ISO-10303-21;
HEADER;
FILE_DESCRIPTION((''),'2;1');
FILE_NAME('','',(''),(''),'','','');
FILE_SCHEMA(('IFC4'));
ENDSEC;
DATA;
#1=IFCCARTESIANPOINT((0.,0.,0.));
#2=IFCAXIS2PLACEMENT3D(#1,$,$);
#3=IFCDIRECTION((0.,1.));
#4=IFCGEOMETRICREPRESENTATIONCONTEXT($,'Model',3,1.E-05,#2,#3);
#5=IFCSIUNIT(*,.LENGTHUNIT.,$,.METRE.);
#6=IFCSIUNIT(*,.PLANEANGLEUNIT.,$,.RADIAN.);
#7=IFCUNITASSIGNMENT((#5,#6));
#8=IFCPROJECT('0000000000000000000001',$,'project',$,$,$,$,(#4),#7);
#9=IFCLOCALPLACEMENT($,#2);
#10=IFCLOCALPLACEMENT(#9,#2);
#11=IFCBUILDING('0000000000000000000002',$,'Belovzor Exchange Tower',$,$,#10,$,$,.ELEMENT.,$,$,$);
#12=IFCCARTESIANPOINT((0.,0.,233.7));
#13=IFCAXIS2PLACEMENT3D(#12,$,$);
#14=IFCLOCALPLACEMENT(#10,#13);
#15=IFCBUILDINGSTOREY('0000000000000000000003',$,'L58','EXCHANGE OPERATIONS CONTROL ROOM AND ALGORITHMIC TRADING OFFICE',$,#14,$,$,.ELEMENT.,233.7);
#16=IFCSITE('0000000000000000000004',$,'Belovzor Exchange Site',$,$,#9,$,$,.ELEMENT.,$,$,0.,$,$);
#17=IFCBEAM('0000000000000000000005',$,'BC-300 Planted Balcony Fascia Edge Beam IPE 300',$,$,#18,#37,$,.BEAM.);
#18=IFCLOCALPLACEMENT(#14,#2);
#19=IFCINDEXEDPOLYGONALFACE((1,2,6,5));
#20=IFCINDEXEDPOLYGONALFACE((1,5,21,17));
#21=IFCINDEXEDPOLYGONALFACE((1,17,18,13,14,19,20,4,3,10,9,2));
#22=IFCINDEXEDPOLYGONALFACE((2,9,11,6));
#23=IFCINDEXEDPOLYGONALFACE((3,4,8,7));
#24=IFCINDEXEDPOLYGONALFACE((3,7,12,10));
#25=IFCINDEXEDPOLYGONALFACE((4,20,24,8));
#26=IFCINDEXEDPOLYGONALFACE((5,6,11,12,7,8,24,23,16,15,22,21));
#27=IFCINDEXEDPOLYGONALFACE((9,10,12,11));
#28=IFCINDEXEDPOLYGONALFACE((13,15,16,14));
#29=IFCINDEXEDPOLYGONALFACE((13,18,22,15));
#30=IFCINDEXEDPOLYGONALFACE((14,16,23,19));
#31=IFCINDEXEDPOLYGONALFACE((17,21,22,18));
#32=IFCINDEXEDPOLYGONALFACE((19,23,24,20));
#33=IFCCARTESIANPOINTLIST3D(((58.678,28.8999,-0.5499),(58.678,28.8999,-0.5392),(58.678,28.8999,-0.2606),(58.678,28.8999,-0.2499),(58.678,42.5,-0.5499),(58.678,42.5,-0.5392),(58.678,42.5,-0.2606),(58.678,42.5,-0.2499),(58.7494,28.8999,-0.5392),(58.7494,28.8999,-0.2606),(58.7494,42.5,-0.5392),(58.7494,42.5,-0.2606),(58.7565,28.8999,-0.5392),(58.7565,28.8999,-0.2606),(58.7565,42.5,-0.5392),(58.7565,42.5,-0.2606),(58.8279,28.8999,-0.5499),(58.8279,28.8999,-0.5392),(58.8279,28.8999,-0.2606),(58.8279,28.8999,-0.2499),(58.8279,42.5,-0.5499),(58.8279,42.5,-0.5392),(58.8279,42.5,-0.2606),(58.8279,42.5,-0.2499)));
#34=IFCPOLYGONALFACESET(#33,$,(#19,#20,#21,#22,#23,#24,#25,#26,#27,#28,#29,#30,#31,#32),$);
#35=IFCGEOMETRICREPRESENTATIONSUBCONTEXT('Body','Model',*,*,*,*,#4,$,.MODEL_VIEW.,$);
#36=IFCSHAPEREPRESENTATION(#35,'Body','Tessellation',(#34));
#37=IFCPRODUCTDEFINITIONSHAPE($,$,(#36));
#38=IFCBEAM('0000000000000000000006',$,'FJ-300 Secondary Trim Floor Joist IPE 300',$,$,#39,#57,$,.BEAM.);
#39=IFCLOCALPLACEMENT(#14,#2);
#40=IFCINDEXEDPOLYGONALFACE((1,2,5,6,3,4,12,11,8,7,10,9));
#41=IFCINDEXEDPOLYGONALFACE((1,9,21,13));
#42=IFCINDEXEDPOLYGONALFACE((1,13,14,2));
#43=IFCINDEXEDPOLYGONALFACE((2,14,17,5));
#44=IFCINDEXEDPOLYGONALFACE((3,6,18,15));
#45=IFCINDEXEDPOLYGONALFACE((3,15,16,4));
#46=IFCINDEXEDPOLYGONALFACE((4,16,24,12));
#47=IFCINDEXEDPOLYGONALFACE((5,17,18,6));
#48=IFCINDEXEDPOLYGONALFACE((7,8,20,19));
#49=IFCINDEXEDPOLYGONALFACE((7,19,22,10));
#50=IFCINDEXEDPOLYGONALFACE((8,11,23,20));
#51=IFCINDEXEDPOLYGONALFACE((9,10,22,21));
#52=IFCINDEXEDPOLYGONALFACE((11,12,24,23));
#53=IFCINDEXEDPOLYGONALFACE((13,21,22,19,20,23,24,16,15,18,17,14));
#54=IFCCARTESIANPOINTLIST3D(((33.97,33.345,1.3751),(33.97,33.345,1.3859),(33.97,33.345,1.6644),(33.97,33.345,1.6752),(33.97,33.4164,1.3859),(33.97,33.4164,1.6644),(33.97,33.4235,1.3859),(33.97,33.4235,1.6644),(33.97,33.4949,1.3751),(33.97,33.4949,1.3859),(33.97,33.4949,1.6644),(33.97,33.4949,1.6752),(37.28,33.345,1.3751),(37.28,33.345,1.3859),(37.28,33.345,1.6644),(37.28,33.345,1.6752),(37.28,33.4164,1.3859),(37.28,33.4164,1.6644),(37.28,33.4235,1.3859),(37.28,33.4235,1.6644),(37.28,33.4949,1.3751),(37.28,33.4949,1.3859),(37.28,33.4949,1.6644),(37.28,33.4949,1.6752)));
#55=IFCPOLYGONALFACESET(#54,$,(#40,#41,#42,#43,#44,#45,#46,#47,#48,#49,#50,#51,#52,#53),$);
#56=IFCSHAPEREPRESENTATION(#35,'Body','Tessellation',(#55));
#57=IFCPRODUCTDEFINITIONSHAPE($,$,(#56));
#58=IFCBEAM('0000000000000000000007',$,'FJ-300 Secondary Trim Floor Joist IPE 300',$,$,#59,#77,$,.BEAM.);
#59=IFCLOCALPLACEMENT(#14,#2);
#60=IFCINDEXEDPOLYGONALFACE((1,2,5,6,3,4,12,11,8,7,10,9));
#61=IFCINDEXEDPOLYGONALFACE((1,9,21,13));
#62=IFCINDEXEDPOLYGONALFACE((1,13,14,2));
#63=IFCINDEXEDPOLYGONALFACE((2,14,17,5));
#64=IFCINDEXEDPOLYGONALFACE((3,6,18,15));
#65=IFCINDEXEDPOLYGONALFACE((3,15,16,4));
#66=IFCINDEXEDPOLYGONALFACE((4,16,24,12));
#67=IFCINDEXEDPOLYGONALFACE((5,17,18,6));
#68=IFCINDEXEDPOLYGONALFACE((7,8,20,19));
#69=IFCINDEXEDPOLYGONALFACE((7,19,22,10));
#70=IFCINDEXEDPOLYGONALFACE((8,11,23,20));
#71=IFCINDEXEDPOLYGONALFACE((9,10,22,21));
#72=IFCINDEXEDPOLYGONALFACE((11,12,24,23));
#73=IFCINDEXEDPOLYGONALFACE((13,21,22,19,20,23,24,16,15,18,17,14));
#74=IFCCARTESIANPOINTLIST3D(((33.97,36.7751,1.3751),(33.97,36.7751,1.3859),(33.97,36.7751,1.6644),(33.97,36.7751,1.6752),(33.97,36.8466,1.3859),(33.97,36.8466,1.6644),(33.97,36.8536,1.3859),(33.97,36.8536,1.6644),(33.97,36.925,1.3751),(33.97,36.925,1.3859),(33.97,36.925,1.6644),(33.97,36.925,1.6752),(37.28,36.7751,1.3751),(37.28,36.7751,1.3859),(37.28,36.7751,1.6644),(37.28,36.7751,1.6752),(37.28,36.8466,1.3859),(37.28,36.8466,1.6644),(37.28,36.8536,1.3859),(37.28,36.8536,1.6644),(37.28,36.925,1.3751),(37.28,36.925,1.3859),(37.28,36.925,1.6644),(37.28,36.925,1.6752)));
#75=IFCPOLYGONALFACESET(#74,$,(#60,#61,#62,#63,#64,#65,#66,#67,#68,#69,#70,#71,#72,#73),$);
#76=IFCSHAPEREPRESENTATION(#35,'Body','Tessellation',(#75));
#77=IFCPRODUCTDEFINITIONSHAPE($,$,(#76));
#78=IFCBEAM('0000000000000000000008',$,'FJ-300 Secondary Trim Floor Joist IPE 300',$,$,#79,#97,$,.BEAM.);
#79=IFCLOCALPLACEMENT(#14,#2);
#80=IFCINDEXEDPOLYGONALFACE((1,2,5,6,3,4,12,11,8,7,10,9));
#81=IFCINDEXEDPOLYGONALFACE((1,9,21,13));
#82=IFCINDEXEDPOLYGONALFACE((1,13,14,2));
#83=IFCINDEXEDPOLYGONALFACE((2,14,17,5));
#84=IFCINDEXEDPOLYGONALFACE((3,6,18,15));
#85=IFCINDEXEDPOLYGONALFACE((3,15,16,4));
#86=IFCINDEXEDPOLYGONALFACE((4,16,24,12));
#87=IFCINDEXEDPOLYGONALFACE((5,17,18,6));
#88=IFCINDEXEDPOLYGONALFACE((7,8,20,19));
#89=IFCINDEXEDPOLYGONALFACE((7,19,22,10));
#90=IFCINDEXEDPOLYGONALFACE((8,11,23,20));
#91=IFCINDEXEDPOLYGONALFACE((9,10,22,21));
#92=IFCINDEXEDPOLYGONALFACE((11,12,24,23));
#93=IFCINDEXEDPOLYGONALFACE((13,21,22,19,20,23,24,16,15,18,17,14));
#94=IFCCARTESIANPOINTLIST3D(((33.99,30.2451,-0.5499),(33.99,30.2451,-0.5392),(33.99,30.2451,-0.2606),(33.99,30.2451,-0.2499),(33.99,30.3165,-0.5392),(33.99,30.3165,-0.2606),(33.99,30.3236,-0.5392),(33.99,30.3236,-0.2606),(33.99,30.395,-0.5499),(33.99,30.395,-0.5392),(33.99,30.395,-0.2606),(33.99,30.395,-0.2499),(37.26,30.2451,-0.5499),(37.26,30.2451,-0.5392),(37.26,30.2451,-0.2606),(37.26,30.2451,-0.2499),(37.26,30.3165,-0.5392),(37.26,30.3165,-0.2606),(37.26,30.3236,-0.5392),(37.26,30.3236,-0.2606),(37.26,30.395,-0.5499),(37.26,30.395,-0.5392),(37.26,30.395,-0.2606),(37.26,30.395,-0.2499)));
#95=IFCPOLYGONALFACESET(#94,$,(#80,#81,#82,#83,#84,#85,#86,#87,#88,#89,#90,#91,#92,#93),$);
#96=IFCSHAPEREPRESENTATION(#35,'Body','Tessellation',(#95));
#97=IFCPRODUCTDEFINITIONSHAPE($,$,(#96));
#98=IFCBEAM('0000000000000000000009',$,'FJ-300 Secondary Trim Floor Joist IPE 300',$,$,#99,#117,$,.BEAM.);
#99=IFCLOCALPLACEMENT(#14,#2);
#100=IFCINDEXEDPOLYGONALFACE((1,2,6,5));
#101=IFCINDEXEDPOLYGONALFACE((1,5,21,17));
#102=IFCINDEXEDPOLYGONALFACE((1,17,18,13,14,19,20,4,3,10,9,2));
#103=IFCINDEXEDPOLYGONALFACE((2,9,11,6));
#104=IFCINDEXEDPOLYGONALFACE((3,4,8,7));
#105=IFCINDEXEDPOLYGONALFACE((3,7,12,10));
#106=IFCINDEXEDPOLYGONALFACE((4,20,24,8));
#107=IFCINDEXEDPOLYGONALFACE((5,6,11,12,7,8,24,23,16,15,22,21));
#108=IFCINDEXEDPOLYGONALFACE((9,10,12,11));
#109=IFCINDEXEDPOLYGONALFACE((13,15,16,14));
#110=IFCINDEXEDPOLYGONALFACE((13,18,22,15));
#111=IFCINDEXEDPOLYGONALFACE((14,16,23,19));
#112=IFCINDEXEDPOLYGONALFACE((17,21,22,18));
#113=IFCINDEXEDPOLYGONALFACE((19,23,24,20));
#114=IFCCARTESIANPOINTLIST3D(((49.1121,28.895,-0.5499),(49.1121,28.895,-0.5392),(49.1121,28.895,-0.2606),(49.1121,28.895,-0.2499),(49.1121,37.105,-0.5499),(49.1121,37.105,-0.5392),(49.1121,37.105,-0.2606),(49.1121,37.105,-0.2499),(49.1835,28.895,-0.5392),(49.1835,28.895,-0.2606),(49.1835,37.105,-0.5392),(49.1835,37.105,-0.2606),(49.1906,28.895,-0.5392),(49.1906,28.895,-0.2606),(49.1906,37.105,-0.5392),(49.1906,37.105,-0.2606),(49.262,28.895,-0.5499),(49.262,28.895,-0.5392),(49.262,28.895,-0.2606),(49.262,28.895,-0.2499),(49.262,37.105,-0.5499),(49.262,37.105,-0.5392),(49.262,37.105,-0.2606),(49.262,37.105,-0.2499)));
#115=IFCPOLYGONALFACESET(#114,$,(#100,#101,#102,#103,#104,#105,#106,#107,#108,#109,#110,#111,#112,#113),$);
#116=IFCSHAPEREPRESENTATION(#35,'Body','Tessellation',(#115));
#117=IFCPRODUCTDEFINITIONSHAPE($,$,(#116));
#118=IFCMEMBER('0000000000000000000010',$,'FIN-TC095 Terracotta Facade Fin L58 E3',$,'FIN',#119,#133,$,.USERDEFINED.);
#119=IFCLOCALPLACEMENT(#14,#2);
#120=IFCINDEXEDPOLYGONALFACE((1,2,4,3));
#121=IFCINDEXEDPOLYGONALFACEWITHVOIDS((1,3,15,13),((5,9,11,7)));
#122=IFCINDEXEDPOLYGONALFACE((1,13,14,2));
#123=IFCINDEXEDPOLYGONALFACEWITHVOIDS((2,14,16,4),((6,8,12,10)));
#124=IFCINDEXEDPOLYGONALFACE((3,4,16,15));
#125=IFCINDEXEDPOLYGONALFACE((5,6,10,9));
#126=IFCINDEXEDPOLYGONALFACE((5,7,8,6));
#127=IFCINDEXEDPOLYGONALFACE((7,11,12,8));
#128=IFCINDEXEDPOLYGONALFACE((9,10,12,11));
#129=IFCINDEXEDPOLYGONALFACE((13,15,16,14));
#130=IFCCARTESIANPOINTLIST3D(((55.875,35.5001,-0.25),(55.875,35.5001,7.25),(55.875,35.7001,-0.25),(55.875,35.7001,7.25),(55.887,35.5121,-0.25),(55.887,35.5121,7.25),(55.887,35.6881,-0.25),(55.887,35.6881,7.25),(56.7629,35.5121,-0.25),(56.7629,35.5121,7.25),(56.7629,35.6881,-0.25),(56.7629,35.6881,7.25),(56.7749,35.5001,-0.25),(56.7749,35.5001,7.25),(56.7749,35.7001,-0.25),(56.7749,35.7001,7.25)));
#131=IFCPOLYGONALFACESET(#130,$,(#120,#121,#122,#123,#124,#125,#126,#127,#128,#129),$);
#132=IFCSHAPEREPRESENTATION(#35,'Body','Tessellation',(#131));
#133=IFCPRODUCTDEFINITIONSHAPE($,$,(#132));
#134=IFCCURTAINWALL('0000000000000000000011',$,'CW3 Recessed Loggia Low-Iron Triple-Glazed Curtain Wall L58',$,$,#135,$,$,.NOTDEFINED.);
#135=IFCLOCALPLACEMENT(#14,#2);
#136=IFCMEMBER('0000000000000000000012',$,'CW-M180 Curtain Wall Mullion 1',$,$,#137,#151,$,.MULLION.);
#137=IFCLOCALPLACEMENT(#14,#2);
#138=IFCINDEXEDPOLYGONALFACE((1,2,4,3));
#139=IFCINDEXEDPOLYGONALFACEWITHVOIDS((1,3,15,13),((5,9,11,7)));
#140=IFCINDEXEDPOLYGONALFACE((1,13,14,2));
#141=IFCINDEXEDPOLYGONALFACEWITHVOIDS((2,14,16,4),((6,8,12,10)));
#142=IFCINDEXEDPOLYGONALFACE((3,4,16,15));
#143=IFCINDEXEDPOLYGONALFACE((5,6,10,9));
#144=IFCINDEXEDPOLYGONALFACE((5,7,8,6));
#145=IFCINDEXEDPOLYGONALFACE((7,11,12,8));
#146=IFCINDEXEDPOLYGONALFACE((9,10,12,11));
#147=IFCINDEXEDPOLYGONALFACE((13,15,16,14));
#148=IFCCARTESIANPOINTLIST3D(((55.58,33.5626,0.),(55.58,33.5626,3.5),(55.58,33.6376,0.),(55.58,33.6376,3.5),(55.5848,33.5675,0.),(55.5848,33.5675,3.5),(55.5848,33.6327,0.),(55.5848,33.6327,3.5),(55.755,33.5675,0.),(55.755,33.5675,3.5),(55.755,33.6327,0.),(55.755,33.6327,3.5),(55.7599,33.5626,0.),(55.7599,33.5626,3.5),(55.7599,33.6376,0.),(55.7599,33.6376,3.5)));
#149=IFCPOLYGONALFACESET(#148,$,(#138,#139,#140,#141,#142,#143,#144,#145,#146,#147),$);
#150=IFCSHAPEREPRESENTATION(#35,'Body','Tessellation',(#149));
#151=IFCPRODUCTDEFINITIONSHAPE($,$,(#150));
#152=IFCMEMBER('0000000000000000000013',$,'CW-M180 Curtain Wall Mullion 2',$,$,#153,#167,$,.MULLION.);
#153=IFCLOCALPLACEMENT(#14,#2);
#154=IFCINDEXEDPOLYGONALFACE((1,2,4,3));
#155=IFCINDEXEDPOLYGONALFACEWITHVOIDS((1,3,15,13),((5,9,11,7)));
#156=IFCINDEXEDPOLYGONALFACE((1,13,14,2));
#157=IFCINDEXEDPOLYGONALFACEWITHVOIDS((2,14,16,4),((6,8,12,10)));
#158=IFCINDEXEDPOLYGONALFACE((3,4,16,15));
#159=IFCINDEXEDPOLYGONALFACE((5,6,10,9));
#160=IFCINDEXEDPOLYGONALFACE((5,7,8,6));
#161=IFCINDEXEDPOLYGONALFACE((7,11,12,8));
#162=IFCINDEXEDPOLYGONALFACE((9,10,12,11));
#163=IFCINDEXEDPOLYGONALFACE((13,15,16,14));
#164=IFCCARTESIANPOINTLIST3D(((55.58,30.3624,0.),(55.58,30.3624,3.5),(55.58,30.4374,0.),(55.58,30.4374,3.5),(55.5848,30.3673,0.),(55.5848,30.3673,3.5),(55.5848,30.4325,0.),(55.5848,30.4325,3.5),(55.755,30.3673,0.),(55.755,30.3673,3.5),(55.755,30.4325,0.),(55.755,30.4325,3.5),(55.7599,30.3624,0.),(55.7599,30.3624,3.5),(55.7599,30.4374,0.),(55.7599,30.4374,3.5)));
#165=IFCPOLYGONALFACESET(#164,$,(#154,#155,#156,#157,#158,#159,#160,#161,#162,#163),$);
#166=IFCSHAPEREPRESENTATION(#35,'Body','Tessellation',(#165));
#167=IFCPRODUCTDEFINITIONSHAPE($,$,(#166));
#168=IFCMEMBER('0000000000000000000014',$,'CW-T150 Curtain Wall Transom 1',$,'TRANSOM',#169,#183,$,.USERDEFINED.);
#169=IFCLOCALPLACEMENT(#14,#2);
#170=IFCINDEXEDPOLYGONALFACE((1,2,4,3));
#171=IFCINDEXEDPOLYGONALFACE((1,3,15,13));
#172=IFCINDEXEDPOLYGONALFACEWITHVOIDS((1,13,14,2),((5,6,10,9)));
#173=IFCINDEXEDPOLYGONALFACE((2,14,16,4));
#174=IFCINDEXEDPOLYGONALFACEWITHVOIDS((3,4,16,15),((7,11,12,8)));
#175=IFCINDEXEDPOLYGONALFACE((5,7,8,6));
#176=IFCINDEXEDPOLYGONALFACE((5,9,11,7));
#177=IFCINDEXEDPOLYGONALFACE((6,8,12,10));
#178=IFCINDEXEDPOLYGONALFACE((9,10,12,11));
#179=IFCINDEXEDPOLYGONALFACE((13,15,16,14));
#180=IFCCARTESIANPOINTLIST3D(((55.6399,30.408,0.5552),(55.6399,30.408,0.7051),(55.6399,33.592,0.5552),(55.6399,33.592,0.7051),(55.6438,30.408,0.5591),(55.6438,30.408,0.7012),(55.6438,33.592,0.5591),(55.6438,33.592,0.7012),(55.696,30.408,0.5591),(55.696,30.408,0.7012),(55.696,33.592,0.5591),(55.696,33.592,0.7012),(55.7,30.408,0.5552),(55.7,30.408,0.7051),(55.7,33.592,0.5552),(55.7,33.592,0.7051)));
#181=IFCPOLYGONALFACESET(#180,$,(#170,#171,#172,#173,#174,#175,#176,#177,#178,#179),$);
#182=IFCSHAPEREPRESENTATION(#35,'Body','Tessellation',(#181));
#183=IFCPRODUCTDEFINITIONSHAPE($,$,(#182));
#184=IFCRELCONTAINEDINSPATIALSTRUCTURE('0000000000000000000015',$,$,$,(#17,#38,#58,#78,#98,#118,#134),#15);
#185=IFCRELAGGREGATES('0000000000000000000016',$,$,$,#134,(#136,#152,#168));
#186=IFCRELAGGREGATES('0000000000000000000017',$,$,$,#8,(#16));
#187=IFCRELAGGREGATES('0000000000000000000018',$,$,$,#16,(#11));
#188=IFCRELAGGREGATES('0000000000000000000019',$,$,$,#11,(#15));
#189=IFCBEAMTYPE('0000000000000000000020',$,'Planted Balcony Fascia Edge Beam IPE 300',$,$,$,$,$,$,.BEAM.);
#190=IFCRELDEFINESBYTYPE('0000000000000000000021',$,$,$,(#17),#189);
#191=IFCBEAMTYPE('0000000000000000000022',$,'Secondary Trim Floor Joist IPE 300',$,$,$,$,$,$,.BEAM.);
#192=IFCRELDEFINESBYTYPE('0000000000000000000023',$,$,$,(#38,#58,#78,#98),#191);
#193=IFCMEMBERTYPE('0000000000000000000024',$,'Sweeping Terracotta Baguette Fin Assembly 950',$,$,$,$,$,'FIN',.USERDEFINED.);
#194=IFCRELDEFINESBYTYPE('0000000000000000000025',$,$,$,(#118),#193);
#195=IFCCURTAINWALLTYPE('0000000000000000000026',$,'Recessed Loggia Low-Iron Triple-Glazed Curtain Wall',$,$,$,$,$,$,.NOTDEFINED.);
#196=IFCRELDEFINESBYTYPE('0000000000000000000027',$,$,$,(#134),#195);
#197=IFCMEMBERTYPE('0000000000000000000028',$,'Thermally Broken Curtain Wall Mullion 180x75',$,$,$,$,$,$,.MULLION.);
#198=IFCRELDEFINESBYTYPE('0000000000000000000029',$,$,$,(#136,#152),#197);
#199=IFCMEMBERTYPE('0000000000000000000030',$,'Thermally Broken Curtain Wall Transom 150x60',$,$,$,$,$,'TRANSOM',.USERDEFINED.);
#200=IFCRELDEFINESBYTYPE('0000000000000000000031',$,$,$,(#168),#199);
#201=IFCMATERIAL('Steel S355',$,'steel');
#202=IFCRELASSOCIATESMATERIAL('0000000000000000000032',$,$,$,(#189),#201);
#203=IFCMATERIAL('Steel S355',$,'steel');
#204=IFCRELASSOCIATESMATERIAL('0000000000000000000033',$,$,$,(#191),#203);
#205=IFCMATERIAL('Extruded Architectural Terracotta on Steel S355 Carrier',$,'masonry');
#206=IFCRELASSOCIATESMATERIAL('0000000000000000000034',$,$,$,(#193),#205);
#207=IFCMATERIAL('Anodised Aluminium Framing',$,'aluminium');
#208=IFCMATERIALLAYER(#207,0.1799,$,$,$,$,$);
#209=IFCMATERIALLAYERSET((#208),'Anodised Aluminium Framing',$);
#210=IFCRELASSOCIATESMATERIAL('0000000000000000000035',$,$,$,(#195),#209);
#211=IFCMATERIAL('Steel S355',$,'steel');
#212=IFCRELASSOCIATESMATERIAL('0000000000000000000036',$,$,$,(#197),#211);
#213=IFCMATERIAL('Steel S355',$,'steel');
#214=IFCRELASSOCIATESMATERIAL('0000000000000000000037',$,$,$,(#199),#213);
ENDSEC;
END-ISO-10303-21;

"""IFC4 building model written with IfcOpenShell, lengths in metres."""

from ifc_helpers import new_model, si_unit, direction, frame, origin, origin_2d, place, context, subcontext, project, spatial, hollow_rectangle, i_section, extrude, material, layer, layer_set, material_profile, profile_set, type_object, element, aggregate, save


model = new_model("IFC4")

# Units and contexts
model_context = context("Model", 3, precision=1e-05, world=origin(), true_north=direction((0.0, 1.0)))
body_context = subcontext(model_context, "Body", "Model", "MODEL_VIEW")
ifc_project = project(units=[si_unit("LENGTHUNIT", "METRE"), si_unit("PLANEANGLEUNIT", "RADIAN")], contexts=[model_context])

# Site, building, storey
site_placement = place(None, origin())
site = spatial("IfcSite", under=ifc_project, at=site_placement, Name="Belovzor Exchange Site", CompositionType="ELEMENT", RefElevation=0.0)
building_placement = place(site_placement, origin())
building = spatial("IfcBuilding", under=site, at=building_placement, Name="Belovzor Exchange Tower", CompositionType="ELEMENT")
storey_placement = place(building_placement, frame((0.0, 0.0, 233.7)))
storey = spatial("IfcBuildingStorey", under=building, at=storey_placement, Name="L58", Description="EXCHANGE OPERATIONS CONTROL ROOM AND ALGORITHMIC TRADING OFFICE", CompositionType="ELEMENT", Elevation=233.7)

# Beams
ifc_material_1 = material(Name="Steel S355", Category="steel")
ifc_material_profile_1 = material_profile(ifc_material_1, i_section(OverallWidth=0.1499, OverallDepth=0.3, WebThickness=0.0071, FlangeThickness=0.0107, at=origin_2d()))
ifc_profile_set_1 = profile_set([ifc_material_profile_1], Name="Steel S355")
beam_type_1 = type_object("IfcBeamType", Name="Planted Balcony Fascia Edge Beam IPE 300", PredefinedType="BEAM", material=ifc_profile_set_1)
beam_1_placement = place(storey_placement, frame((58.7529, 28.8999, -0.3999), z_axis=(0.0, 1.0, 0.0), x_axis=(-1.0, 0.0, 0.0)))
element("IfcBeam", 1, at=beam_1_placement, inside=storey, type_object=beam_type_1, Name="BC-300 Planted Balcony Fascia Edge Beam IPE 300", PredefinedType="BEAM", context=body_context, shape_type="SweptSolid", body=[
    extrude(i_section(OverallWidth=0.1499, OverallDepth=0.3, WebThickness=0.0071, FlangeThickness=0.0107, at=origin_2d()), origin(), (0.0, 0.0, 1.0), 13.6001),
])
ifc_material_2 = material(Name="Steel S355", Category="steel")
ifc_material_profile_2 = material_profile(ifc_material_2, i_section(OverallWidth=0.1499, OverallDepth=0.3, WebThickness=0.0071, FlangeThickness=0.0107, at=origin_2d()))
ifc_profile_set_2 = profile_set([ifc_material_profile_2], Name="Steel S355")
beam_type_2 = type_object("IfcBeamType", Name="Secondary Trim Floor Joist IPE 300", PredefinedType="BEAM", material=ifc_profile_set_2)
for number, where, z_axis, x_axis, name in (
    (2, (37.28, 33.4199, 1.5251), (-1.0, 0.0, 0.0), (0.0, -1.0, 0.0), "FJ-300 Secondary Trim Floor Joist IPE 300"),
    (3, (37.28, 36.8501, 1.5251), (-1.0, 0.0, 0.0), (0.0, -1.0, 0.0), "FJ-300 Secondary Trim Floor Joist IPE 300"),
):
    element("IfcBeam", number, at=place(storey_placement, frame(where, z_axis=z_axis, x_axis=x_axis)), inside=storey, type_object=beam_type_2, Name=name, PredefinedType="BEAM", context=body_context, shape_type="SweptSolid", body=[
        extrude(i_section(OverallWidth=0.1499, OverallDepth=0.3, WebThickness=0.0071, FlangeThickness=0.0107, at=origin_2d()), origin(), (0.0, 0.0, 1.0), 3.3101),
    ])
beam_2_placement = place(storey_placement, frame((37.26, 30.3201, -0.3999), z_axis=(-1.0, 0.0, 0.0), x_axis=(0.0, -1.0, 0.0)))
element("IfcBeam", 4, at=beam_2_placement, inside=storey, type_object=beam_type_2, Name="FJ-300 Secondary Trim Floor Joist IPE 300", PredefinedType="BEAM", context=body_context, shape_type="SweptSolid", body=[
    extrude(i_section(OverallWidth=0.1499, OverallDepth=0.3, WebThickness=0.0071, FlangeThickness=0.0107, at=origin_2d()), origin(), (0.0, 0.0, 1.0), 3.27),
])
beam_3_placement = place(storey_placement, frame((49.187, 28.895, -0.3999), z_axis=(0.0, 1.0, 0.0), x_axis=(-1.0, 0.0, 0.0)))
element("IfcBeam", 5, at=beam_3_placement, inside=storey, type_object=beam_type_2, Name="FJ-300 Secondary Trim Floor Joist IPE 300", PredefinedType="BEAM", context=body_context, shape_type="SweptSolid", body=[
    extrude(i_section(OverallWidth=0.1499, OverallDepth=0.3, WebThickness=0.0071, FlangeThickness=0.0107, at=origin_2d()), origin(), (0.0, 0.0, 1.0), 8.21),
])

# Member
ifc_material_3 = material(Name="Extruded Architectural Terracotta on Steel S355 Carrier", Category="masonry")
ifc_material_profile_3 = material_profile(ifc_material_3, hollow_rectangle(XDim=0.2, YDim=0.8999, WallThickness=0.012, at=origin_2d()))
ifc_profile_set_3 = profile_set([ifc_material_profile_3], Name="Extruded Architectural Terracotta on Steel S355 Carrier")
member_type_1 = type_object("IfcMemberType", Name="Sweeping Terracotta Baguette Fin Assembly 950", ElementType="FIN", PredefinedType="USERDEFINED", material=ifc_profile_set_3)
member_1_placement = place(storey_placement, frame((56.325, 35.6001, -0.25), z_axis=(0.0, 0.0, 1.0), x_axis=(0.0, 1.0, 0.0)))
element("IfcMember", 6, at=member_1_placement, inside=storey, type_object=member_type_1, Name="FIN-TC095 Terracotta Facade Fin L58 E3", ObjectType="FIN", PredefinedType="USERDEFINED", context=body_context, shape_type="SweptSolid", body=[
    extrude(hollow_rectangle(XDim=0.2, YDim=0.8999, WallThickness=0.012, at=origin_2d()), origin(), (0.0, 0.0, 1.0), 7.5),
])

# Curtain wall, members
ifc_material_4 = material(Name="Anodised Aluminium Framing", Category="aluminium")
ifc_layer_1 = layer(ifc_material_4, 0.1799)
ifc_layer_set_1 = layer_set([ifc_layer_1], Name="Anodised Aluminium Framing")
curtain_wall_type = type_object("IfcCurtainWallType", Name="Recessed Loggia Low-Iron Triple-Glazed Curtain Wall", PredefinedType="NOTDEFINED", material=ifc_layer_set_1)
curtain_wall_placement = place(storey_placement, origin())
curtain_wall = element("IfcCurtainWall", 7, at=curtain_wall_placement, inside=storey, type_object=curtain_wall_type, Name="CW3 Recessed Loggia Low-Iron Triple-Glazed Curtain Wall L58", PredefinedType="NOTDEFINED")
ifc_material_5 = material(Name="Steel S355", Category="steel")
ifc_material_profile_4 = material_profile(ifc_material_5, hollow_rectangle(XDim=0.075, YDim=0.1799, WallThickness=0.0049, at=origin_2d()))
ifc_profile_set_4 = profile_set([ifc_material_profile_4], Name="Steel S355")
member_type_2 = type_object("IfcMemberType", Name="Thermally Broken Curtain Wall Mullion 180x75", PredefinedType="MULLION", material=ifc_profile_set_4)
member_2_placement = place(storey_placement, frame((55.6699, 33.6001, 0.0), z_axis=(0.0, 0.0, 1.0), x_axis=(0.0, -1.0, 0.0)))
member_2 = element("IfcMember", 8, at=member_2_placement, type_object=member_type_2, Name="CW-M180 Curtain Wall Mullion 1", PredefinedType="MULLION", context=body_context, shape_type="SweptSolid", body=[
    extrude(hollow_rectangle(XDim=0.075, YDim=0.1799, WallThickness=0.0049, at=origin_2d()), origin(), (0.0, 0.0, 1.0), 3.5),
])
member_3_placement = place(storey_placement, frame((55.6699, 30.3999, 0.0), z_axis=(0.0, 0.0, 1.0), x_axis=(0.0, -1.0, 0.0)))
member_3 = element("IfcMember", 9, at=member_3_placement, type_object=member_type_2, Name="CW-M180 Curtain Wall Mullion 2", PredefinedType="MULLION", context=body_context, shape_type="SweptSolid", body=[
    extrude(hollow_rectangle(XDim=0.075, YDim=0.1799, WallThickness=0.0049, at=origin_2d()), origin(), (0.0, 0.0, 1.0), 3.5),
])
ifc_material_6 = material(Name="Steel S355", Category="steel")
ifc_material_profile_5 = material_profile(ifc_material_6, hollow_rectangle(XDim=0.0601, YDim=0.1499, WallThickness=0.0039, at=origin_2d()))
ifc_profile_set_5 = profile_set([ifc_material_profile_5], Name="Steel S355")
member_type_3 = type_object("IfcMemberType", Name="Thermally Broken Curtain Wall Transom 150x60", ElementType="TRANSOM", PredefinedType="USERDEFINED", material=ifc_profile_set_5)
member_4_placement = place(storey_placement, frame((55.6699, 33.592, 0.6301), z_axis=(0.0, -1.0, 0.0), x_axis=(1.0, 0.0, 0.0)))
member_4 = element("IfcMember", 10, at=member_4_placement, type_object=member_type_3, Name="CW-T150 Curtain Wall Transom 1", ObjectType="TRANSOM", PredefinedType="USERDEFINED", context=body_context, shape_type="SweptSolid", body=[
    extrude(hollow_rectangle(XDim=0.0601, YDim=0.1499, WallThickness=0.0039, at=origin_2d()), origin(), (0.0, 0.0, 1.0), 3.1841),
])

aggregate(curtain_wall, [member_2, member_3, member_4])

save(model, "model.ifc")
